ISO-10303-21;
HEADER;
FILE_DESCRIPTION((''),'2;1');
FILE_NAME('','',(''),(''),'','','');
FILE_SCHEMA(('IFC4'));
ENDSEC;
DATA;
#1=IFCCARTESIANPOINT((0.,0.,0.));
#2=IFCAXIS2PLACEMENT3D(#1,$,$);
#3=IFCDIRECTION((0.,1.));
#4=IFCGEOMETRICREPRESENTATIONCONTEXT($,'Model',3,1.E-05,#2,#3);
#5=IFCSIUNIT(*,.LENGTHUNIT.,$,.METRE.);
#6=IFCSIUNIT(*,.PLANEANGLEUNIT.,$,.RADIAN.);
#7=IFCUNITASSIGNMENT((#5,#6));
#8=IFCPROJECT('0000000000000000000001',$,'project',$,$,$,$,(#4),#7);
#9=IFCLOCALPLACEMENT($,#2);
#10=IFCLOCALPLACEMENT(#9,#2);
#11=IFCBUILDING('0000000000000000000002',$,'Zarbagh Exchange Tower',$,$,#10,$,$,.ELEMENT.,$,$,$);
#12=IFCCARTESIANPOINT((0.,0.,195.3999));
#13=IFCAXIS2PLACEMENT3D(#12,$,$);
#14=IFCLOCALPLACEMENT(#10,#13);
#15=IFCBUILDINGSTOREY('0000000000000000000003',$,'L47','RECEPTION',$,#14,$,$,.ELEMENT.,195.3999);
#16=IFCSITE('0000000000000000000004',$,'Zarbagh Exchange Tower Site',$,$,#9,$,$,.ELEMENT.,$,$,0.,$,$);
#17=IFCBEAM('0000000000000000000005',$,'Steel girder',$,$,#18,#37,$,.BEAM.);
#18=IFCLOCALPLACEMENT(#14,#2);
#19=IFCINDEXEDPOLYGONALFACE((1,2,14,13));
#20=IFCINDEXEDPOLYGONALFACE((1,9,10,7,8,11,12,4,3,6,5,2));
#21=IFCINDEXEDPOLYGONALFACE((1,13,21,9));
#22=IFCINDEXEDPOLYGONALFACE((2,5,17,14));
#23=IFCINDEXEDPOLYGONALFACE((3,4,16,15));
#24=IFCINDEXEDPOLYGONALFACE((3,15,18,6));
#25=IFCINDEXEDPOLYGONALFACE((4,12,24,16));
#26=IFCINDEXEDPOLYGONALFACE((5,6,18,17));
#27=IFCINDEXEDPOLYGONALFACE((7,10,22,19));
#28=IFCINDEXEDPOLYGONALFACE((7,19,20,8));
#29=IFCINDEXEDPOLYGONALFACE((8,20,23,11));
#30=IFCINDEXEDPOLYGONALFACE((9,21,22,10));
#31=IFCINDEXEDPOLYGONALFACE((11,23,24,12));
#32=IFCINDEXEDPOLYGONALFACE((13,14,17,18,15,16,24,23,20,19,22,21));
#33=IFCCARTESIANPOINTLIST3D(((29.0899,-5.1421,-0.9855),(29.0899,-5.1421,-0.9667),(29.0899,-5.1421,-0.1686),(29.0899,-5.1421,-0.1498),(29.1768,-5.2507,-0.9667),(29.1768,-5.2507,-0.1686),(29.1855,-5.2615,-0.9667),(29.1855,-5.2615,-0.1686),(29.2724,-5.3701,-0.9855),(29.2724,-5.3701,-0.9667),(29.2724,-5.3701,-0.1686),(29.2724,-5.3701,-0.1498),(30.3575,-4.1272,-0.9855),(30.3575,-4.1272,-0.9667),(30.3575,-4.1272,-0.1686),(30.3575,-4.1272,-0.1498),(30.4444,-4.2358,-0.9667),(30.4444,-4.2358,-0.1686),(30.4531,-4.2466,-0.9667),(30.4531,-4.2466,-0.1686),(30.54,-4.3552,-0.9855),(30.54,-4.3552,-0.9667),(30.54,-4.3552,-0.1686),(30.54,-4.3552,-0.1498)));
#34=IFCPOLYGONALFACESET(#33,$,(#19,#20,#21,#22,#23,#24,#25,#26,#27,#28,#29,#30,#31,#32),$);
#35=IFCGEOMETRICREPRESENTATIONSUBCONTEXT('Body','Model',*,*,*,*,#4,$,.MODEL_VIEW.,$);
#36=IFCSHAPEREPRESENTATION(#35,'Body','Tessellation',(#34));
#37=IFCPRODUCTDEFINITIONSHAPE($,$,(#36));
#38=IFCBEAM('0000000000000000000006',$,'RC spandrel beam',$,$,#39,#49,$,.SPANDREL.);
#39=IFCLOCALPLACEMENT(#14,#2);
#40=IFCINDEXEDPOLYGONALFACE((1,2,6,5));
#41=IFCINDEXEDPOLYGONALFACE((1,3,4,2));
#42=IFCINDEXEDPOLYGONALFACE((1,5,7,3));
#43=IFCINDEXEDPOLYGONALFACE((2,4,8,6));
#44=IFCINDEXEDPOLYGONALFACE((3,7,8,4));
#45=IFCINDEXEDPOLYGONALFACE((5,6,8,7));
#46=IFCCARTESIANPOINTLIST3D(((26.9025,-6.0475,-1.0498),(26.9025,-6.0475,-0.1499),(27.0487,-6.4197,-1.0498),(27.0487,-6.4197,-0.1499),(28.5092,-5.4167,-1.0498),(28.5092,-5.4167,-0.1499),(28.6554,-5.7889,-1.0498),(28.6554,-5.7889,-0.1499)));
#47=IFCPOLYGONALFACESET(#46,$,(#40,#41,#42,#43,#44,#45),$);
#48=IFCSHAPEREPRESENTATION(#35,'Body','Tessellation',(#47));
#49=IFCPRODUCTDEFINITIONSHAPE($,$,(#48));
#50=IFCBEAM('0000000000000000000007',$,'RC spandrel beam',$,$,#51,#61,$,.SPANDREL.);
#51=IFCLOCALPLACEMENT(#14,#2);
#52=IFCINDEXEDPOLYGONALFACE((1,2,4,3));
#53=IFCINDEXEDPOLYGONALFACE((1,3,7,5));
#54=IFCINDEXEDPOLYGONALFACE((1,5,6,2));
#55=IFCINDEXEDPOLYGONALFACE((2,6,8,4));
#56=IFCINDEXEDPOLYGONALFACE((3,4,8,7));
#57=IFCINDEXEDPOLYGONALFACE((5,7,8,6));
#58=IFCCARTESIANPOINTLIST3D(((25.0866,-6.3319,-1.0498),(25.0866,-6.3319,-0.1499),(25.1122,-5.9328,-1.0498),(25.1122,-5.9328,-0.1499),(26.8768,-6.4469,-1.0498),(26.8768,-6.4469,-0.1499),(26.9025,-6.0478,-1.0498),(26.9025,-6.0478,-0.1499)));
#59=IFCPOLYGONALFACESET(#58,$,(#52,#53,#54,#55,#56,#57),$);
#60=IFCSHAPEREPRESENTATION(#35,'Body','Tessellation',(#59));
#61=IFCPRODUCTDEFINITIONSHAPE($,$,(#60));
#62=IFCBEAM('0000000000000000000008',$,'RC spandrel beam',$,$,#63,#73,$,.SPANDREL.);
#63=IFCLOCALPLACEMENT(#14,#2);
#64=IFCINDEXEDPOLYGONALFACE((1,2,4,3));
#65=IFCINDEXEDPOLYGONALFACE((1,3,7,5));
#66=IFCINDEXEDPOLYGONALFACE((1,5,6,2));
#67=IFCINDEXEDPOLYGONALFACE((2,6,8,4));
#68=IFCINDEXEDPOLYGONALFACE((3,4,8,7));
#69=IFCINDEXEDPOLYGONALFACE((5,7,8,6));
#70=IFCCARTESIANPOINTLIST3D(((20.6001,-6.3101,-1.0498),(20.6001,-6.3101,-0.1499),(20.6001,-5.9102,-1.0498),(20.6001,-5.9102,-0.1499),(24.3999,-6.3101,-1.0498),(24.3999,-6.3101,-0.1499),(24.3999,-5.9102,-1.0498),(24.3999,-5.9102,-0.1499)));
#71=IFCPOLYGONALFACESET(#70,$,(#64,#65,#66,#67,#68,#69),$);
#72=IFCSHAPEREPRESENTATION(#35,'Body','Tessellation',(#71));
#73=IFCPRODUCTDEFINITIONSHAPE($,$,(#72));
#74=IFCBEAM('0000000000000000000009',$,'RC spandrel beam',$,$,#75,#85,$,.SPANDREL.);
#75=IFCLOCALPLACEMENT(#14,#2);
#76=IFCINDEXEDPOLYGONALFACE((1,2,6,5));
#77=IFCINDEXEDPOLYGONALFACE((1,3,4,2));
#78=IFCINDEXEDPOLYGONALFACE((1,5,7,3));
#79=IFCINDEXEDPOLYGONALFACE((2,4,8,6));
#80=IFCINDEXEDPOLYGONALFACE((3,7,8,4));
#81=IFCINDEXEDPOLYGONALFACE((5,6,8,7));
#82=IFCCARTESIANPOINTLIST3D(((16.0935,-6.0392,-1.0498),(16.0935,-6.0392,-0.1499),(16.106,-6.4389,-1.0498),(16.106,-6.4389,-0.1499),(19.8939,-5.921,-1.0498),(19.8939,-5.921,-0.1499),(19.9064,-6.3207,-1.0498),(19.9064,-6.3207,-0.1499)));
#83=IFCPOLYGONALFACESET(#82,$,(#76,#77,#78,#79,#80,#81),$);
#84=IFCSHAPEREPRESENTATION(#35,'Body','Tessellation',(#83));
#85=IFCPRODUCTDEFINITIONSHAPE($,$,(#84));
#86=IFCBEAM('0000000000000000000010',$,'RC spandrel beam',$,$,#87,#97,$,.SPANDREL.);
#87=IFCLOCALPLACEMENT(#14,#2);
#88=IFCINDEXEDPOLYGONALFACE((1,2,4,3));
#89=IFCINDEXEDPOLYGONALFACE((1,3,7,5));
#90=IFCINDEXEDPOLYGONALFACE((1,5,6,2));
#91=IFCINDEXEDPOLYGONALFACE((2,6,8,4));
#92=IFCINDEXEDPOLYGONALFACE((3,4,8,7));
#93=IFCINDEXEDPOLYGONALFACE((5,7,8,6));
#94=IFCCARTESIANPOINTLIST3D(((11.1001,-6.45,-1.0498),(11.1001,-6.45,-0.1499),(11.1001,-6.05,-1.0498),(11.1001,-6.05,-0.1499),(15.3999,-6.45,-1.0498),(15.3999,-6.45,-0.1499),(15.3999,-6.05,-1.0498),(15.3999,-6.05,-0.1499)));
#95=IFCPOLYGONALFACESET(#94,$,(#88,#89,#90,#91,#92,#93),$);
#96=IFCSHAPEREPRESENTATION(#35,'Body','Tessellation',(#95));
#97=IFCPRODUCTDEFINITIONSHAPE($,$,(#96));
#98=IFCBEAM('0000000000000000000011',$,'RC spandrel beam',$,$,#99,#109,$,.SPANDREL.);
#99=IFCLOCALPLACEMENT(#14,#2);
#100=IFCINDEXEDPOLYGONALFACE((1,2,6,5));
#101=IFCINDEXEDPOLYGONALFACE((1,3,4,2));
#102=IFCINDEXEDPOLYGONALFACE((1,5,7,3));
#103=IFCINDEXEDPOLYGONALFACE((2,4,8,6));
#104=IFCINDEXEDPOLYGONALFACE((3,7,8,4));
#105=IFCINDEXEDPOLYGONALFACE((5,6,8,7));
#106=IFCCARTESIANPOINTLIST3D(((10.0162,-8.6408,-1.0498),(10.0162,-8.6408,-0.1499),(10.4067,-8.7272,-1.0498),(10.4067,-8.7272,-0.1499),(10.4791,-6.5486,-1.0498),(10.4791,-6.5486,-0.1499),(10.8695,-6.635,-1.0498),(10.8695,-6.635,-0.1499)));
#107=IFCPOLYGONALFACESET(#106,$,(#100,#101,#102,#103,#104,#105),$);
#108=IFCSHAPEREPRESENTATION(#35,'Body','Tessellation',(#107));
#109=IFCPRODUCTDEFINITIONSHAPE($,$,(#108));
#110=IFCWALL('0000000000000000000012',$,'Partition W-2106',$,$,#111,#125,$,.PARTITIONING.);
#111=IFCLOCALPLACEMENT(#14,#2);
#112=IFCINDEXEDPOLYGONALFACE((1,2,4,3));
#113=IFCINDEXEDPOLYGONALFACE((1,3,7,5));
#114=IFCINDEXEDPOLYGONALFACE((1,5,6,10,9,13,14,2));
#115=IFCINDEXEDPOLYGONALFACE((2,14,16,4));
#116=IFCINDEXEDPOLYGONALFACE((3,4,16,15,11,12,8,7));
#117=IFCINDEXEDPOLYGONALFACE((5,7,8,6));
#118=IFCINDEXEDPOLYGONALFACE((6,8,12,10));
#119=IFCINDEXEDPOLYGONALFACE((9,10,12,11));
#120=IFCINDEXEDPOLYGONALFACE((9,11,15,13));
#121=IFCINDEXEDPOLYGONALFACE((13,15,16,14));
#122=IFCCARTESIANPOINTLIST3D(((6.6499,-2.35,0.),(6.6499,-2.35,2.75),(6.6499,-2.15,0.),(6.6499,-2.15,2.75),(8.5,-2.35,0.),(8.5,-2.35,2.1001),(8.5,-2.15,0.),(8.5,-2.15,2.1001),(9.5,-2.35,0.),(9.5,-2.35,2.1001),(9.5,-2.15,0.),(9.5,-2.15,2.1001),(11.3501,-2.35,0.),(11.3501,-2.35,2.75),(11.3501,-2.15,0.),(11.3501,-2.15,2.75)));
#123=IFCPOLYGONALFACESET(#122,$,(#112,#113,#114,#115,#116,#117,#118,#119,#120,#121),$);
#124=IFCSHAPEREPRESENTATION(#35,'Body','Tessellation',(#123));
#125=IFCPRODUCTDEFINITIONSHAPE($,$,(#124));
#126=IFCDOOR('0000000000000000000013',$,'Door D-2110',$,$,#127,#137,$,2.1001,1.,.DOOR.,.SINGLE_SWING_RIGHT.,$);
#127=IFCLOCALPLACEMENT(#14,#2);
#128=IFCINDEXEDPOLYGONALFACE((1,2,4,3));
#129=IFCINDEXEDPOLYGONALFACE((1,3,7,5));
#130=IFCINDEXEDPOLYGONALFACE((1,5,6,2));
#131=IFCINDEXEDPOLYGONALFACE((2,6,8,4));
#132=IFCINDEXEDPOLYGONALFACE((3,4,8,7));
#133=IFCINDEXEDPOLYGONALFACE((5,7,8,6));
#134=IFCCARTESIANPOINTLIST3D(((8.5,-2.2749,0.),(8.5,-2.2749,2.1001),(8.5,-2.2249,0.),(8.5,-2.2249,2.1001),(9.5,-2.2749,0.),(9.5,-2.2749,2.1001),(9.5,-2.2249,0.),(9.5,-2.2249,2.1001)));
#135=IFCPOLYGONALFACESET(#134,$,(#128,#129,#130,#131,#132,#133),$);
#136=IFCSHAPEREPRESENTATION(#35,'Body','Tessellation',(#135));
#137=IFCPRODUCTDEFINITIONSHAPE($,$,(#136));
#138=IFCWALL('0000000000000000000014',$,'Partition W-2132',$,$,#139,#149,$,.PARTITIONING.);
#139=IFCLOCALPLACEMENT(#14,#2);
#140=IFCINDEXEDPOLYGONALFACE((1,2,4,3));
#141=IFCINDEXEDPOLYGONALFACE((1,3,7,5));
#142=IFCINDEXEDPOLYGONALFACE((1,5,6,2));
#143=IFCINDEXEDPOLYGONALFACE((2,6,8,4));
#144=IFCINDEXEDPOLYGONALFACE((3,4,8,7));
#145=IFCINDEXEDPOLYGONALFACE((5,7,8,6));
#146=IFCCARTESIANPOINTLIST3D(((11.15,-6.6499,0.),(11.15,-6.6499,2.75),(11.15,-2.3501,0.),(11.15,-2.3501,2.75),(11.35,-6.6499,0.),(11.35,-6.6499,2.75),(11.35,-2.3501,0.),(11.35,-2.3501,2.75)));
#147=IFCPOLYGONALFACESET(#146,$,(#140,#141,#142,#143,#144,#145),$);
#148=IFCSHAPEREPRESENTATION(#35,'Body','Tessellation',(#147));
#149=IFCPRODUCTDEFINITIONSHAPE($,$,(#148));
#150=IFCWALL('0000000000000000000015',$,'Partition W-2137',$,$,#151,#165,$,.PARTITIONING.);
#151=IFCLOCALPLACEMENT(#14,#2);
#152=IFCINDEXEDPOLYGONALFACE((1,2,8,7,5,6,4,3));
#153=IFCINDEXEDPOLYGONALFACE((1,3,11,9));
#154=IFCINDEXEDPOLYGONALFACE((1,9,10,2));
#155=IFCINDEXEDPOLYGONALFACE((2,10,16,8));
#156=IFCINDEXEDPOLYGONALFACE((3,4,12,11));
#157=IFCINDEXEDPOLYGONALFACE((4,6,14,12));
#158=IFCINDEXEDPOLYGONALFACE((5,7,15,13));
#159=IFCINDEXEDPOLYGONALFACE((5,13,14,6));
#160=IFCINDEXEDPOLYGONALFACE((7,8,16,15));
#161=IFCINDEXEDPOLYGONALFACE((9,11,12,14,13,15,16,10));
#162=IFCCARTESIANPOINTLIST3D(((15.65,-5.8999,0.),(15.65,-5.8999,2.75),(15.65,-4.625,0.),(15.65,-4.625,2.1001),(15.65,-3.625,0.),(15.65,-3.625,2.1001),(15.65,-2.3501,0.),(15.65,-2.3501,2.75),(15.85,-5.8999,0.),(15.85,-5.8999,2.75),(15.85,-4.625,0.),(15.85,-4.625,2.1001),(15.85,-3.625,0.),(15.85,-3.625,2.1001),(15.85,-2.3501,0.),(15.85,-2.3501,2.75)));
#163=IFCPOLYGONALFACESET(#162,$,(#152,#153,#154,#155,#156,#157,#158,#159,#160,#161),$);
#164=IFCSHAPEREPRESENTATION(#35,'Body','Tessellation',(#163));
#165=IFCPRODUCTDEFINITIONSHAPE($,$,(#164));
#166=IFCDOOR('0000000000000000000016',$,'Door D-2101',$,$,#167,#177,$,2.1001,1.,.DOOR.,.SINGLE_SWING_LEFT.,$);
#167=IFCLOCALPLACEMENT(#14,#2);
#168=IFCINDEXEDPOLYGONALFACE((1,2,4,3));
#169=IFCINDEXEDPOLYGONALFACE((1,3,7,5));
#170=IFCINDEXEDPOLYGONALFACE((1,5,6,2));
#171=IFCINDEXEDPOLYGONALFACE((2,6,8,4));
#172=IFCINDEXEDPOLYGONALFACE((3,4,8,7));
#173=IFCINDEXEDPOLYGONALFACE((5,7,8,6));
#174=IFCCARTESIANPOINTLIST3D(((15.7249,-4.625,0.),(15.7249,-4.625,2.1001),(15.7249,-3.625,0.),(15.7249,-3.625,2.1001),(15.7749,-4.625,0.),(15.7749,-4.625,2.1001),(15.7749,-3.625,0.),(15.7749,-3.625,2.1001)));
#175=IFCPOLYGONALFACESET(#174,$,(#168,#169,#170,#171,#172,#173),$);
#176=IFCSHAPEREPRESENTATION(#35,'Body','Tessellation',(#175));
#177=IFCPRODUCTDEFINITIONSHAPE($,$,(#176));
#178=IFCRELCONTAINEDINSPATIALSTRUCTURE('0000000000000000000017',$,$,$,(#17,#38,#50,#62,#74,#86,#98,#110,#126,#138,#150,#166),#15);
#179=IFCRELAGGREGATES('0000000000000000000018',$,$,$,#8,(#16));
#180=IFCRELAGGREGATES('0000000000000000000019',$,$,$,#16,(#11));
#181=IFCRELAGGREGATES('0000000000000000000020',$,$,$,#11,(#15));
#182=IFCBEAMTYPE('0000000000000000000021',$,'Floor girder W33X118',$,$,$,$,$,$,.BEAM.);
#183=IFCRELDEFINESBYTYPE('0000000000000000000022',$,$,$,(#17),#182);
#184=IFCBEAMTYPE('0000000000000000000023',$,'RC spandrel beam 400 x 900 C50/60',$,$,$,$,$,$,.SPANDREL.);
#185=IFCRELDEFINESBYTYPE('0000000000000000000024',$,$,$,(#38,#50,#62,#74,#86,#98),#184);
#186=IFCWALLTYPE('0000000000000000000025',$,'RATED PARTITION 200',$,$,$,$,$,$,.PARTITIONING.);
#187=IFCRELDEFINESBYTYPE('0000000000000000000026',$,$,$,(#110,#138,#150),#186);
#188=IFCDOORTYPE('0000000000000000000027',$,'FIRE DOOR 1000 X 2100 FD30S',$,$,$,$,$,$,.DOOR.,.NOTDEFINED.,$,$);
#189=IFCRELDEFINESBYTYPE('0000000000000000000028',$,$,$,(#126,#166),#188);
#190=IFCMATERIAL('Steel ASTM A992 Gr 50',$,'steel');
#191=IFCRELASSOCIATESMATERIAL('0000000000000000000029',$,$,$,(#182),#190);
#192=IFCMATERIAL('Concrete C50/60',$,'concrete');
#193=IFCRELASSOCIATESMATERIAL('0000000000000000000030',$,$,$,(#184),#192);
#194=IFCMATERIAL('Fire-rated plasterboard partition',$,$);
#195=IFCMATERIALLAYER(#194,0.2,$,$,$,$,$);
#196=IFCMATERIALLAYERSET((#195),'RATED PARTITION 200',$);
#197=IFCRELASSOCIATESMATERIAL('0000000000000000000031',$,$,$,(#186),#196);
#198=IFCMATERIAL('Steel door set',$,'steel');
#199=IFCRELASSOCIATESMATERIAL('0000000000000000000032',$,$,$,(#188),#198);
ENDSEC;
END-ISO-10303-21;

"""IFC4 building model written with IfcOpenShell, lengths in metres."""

from ifc_helpers import new_model, si_unit, direction, frame, frame_2d, origin, origin_2d, place, context, subcontext, project, spatial, rectangle, i_section, extrude, material, layer, layer_set, material_profile, profile_set, type_object, element, fill, save


model = new_model("IFC4")

# Units and contexts
model_context = context("Model", 3, precision=1e-05, world=origin(), true_north=direction((0.0, 1.0)))
body_context = subcontext(model_context, "Body", "Model", "MODEL_VIEW")
ifc_project = project(units=[si_unit("LENGTHUNIT", "METRE"), si_unit("PLANEANGLEUNIT", "RADIAN")], contexts=[model_context])

# Site, building, storey
site_placement = place(None, origin())
site = spatial("IfcSite", under=ifc_project, at=site_placement, Name="Zarbagh Exchange Tower Site", CompositionType="ELEMENT", RefElevation=0.0)
building_placement = place(site_placement, origin())
building = spatial("IfcBuilding", under=site, at=building_placement, Name="Zarbagh Exchange Tower", CompositionType="ELEMENT")
storey_placement = place(building_placement, frame((0.0, 0.0, 195.3999)))
storey = spatial("IfcBuildingStorey", under=building, at=storey_placement, Name="L47", Description="RECEPTION", CompositionType="ELEMENT", Elevation=195.3999)

# Shared definitions
ifc_material_1 = material(Name="Concrete C50/60", Category="concrete")

# Beams
ifc_material_2 = material(Name="Steel ASTM A992 Gr 50", Category="steel")
ifc_material_profile_1 = material_profile(ifc_material_2, i_section(OverallWidth=0.292, OverallDepth=0.8357, WebThickness=0.0139, FlangeThickness=0.0188, at=origin_2d()), Name="W33X118")
ifc_profile_set_1 = profile_set([ifc_material_profile_1], Name="Steel ASTM A992 Gr 50")
beam_type_1 = type_object("IfcBeamType", Name="Floor girder W33X118", PredefinedType="BEAM", material=ifc_profile_set_1)
beam_1_placement = place(storey_placement, frame((30.4487, -4.2412, -0.5676), z_axis=(-0.780619, -0.625007, 0.0), x_axis=(0.625007, -0.780619, 0.0)))
element("IfcBeam", 1, at=beam_1_placement, inside=storey, type_object=beam_type_1, Name="Steel girder", PredefinedType="BEAM", context=body_context, shape_type="SweptSolid", body=[
    extrude(i_section(OverallWidth=0.292, OverallDepth=0.8357, WebThickness=0.0139, FlangeThickness=0.0188, at=origin_2d()), origin(), (0.0, 0.0, 1.0), 1.6238),
])
ifc_material_profile_2 = material_profile(ifc_material_1, rectangle(XDim=0.3999, YDim=0.8999, at=origin_2d()), Name="RC spandrel beam 400 x 900 C50/60")
ifc_profile_set_2 = profile_set([ifc_material_profile_2], Name="Concrete C50/60")
beam_type_2 = type_object("IfcBeamType", Name="RC spandrel beam 400 x 900 C50/60", PredefinedType="SPANDREL", material=ifc_profile_set_2)
beam_2_placement = place(storey_placement, frame((28.5823, -5.6028, -0.5999), z_axis=(-0.930819, -0.365482, 0.0), x_axis=(0.365482, -0.930819, 0.0)))
element("IfcBeam", 2, at=beam_2_placement, inside=storey, type_object=beam_type_2, Name="RC spandrel beam", PredefinedType="SPANDREL", context=body_context, shape_type="SweptSolid", body=[
    extrude(rectangle(XDim=0.3999, YDim=0.8999, at=origin_2d()), origin(), (0.0, 0.0, 1.0), 1.7261),
])
beam_3_placement = place(storey_placement, frame((26.8896, -6.2473, -0.5999), z_axis=(-0.997944, 0.064098, 0.0), x_axis=(-0.064098, -0.997944, 0.0)))
element("IfcBeam", 3, at=beam_3_placement, inside=storey, type_object=beam_type_2, Name="RC spandrel beam", PredefinedType="SPANDREL", context=body_context, shape_type="SweptSolid", body=[
    extrude(rectangle(XDim=0.3999, YDim=0.8999, at=origin_2d()), origin(), (0.0, 0.0, 1.0), 1.7939),
])
beam_4_placement = place(storey_placement, frame((24.3999, -6.1101, -0.5999), z_axis=(-1.0, 0.0, 0.0), x_axis=(0.0, -1.0, 0.0)))
element("IfcBeam", 4, at=beam_4_placement, inside=storey, type_object=beam_type_2, Name="RC spandrel beam", PredefinedType="SPANDREL", context=body_context, shape_type="SweptSolid", body=[
    extrude(rectangle(XDim=0.3999, YDim=0.8999, at=origin_2d()), origin(), (0.0, 0.0, 1.0), 3.7998),
])
beam_5_placement = place(storey_placement, frame((19.9001, -6.1208, -0.5999), z_axis=(-0.999517, -0.031078, 0.0), x_axis=(0.031078, -0.999517, 0.0)))
element("IfcBeam", 5, at=beam_5_placement, inside=storey, type_object=beam_type_2, Name="RC spandrel beam", PredefinedType="SPANDREL", context=body_context, shape_type="SweptSolid", body=[
    extrude(rectangle(XDim=0.3999, YDim=0.8999, at=origin_2d()), origin(), (0.0, 0.0, 1.0), 3.8022),
])
beam_6_placement = place(storey_placement, frame((15.3999, -6.25, -0.5999), z_axis=(-1.0, 0.0, 0.0), x_axis=(0.0, -1.0, 0.0)))
element("IfcBeam", 6, at=beam_6_placement, inside=storey, type_object=beam_type_2, Name="RC spandrel beam", PredefinedType="SPANDREL", context=body_context, shape_type="SweptSolid", body=[
    extrude(rectangle(XDim=0.3999, YDim=0.8999, at=origin_2d()), origin(), (0.0, 0.0, 1.0), 4.2998),
])
beam_7_placement = place(storey_placement, frame((10.6743, -6.5918, -0.5999), z_axis=(-0.216014, -0.97639, 0.0), x_axis=(0.97639, -0.216014, 0.0)))
element("IfcBeam", 7, at=beam_7_placement, inside=storey, type_object=beam_type_2, Name="RC spandrel beam", PredefinedType="SPANDREL", context=body_context, shape_type="SweptSolid", body=[
    extrude(rectangle(XDim=0.3999, YDim=0.8999, at=origin_2d()), origin(), (0.0, 0.0, 1.0), 2.1428),
])

# Wall, opening, door
ifc_material_3 = material(Name="Fire-rated plasterboard partition")
ifc_layer = layer(ifc_material_3, 0.2)
ifc_layer_set = layer_set([ifc_layer], Name="RATED PARTITION 200")
wall_type = type_object("IfcWallType", Name="RATED PARTITION 200", PredefinedType="PARTITIONING", material=ifc_layer_set)
wall_1_placement = place(storey_placement, frame((11.3501, -2.25, 0.0), z_axis=(0.0, 0.0, 1.0), x_axis=(-1.0, 0.0, 0.0)))
wall_1 = element("IfcWall", 8, at=wall_1_placement, inside=storey, type_object=wall_type, Name="Partition W-2106", PredefinedType="PARTITIONING", context=body_context, shape_type="SweptSolid", body=[
    extrude(rectangle(XDim=4.7002, YDim=0.2, at=frame_2d((2.3501, 0.0))), origin(), (0.0, 0.0, 1.0), 2.75),
])
opening_1_placement = place(wall_1_placement, frame((1.8501, 0.0, 0.0)))
opening_1 = element("IfcOpeningElement", 9, at=opening_1_placement, cuts=wall_1, PredefinedType="OPENING", context=body_context, shape_type="SweptSolid", body=[
    extrude(rectangle(XDim=1.0, YDim=2.1001, at=frame_2d((0.5, 1.05))), frame((0.0, 0.1099, 0.0), z_axis=(0.0, -1.0, 0.0), x_axis=(1.0, 0.0, 0.0)), (0.0, 0.0, 1.0), 0.22),
])
ifc_material_4 = material(Name="Steel door set", Category="steel")
door_type = type_object("IfcDoorType", Name="FIRE DOOR 1000 X 2100 FD30S", OperationType="NOTDEFINED", PredefinedType="DOOR", material=ifc_material_4)
door_1_placement = place(opening_1_placement, origin())
door_1 = element("IfcDoor", 10, at=door_1_placement, inside=storey, type_object=door_type, Name="Door D-2110", OperationType="SINGLE_SWING_RIGHT", OverallHeight=2.1001, OverallWidth=1.0, PredefinedType="DOOR", context=body_context, shape_type="SweptSolid", body=[
    extrude(rectangle(XDim=1.0, YDim=2.1001, at=frame_2d((0.5, 1.05))), frame((0.0, 0.0249, 0.0), z_axis=(0.0, -1.0, 0.0), x_axis=(1.0, 0.0, 0.0)), (0.0, 0.0, 1.0), 0.05),
])
fill(opening_1, door_1)

# Wall
wall_2_placement = place(storey_placement, frame((11.25, -6.6499, 0.0), z_axis=(0.0, 0.0, 1.0), x_axis=(0.0, 1.0, 0.0)))
element("IfcWall", 11, at=wall_2_placement, inside=storey, type_object=wall_type, Name="Partition W-2132", PredefinedType="PARTITIONING", context=body_context, shape_type="SweptSolid", body=[
    extrude(rectangle(XDim=4.2998, YDim=0.2, at=frame_2d((2.1499, 0.0))), origin(), (0.0, 0.0, 1.0), 2.75),
])

# Wall, opening, door
wall_3_placement = place(storey_placement, frame((15.75, -2.3501, 0.0), z_axis=(0.0, 0.0, 1.0), x_axis=(0.0, -1.0, 0.0)))
wall_3 = element("IfcWall", 12, at=wall_3_placement, inside=storey, type_object=wall_type, Name="Partition W-2137", PredefinedType="PARTITIONING", context=body_context, shape_type="SweptSolid", body=[
    extrude(rectangle(XDim=3.5498, YDim=0.2, at=frame_2d((1.7749, 0.0))), origin(), (0.0, 0.0, 1.0), 2.75),
])
opening_2_placement = place(wall_3_placement, frame((1.2749, 0.0, 0.0)))
opening_2 = element("IfcOpeningElement", 13, at=opening_2_placement, cuts=wall_3, PredefinedType="OPENING", context=body_context, shape_type="SweptSolid", body=[
    extrude(rectangle(XDim=1.0, YDim=2.1001, at=frame_2d((0.5, 1.05))), frame((0.0, 0.1099, 0.0), z_axis=(0.0, -1.0, 0.0), x_axis=(1.0, 0.0, 0.0)), (0.0, 0.0, 1.0), 0.22),
])
door_2_placement = place(opening_2_placement, origin())
door_2 = element("IfcDoor", 14, at=door_2_placement, inside=storey, type_object=door_type, Name="Door D-2101", OperationType="SINGLE_SWING_LEFT", OverallHeight=2.1001, OverallWidth=1.0, PredefinedType="DOOR", context=body_context, shape_type="SweptSolid", body=[
    extrude(rectangle(XDim=1.0, YDim=2.1001, at=frame_2d((0.5, 1.05))), frame((0.0, 0.0249, 0.0), z_axis=(0.0, -1.0, 0.0), x_axis=(1.0, 0.0, 0.0)), (0.0, 0.0, 1.0), 0.05),
])
fill(opening_2, door_2)

save(model, "model.ifc")
